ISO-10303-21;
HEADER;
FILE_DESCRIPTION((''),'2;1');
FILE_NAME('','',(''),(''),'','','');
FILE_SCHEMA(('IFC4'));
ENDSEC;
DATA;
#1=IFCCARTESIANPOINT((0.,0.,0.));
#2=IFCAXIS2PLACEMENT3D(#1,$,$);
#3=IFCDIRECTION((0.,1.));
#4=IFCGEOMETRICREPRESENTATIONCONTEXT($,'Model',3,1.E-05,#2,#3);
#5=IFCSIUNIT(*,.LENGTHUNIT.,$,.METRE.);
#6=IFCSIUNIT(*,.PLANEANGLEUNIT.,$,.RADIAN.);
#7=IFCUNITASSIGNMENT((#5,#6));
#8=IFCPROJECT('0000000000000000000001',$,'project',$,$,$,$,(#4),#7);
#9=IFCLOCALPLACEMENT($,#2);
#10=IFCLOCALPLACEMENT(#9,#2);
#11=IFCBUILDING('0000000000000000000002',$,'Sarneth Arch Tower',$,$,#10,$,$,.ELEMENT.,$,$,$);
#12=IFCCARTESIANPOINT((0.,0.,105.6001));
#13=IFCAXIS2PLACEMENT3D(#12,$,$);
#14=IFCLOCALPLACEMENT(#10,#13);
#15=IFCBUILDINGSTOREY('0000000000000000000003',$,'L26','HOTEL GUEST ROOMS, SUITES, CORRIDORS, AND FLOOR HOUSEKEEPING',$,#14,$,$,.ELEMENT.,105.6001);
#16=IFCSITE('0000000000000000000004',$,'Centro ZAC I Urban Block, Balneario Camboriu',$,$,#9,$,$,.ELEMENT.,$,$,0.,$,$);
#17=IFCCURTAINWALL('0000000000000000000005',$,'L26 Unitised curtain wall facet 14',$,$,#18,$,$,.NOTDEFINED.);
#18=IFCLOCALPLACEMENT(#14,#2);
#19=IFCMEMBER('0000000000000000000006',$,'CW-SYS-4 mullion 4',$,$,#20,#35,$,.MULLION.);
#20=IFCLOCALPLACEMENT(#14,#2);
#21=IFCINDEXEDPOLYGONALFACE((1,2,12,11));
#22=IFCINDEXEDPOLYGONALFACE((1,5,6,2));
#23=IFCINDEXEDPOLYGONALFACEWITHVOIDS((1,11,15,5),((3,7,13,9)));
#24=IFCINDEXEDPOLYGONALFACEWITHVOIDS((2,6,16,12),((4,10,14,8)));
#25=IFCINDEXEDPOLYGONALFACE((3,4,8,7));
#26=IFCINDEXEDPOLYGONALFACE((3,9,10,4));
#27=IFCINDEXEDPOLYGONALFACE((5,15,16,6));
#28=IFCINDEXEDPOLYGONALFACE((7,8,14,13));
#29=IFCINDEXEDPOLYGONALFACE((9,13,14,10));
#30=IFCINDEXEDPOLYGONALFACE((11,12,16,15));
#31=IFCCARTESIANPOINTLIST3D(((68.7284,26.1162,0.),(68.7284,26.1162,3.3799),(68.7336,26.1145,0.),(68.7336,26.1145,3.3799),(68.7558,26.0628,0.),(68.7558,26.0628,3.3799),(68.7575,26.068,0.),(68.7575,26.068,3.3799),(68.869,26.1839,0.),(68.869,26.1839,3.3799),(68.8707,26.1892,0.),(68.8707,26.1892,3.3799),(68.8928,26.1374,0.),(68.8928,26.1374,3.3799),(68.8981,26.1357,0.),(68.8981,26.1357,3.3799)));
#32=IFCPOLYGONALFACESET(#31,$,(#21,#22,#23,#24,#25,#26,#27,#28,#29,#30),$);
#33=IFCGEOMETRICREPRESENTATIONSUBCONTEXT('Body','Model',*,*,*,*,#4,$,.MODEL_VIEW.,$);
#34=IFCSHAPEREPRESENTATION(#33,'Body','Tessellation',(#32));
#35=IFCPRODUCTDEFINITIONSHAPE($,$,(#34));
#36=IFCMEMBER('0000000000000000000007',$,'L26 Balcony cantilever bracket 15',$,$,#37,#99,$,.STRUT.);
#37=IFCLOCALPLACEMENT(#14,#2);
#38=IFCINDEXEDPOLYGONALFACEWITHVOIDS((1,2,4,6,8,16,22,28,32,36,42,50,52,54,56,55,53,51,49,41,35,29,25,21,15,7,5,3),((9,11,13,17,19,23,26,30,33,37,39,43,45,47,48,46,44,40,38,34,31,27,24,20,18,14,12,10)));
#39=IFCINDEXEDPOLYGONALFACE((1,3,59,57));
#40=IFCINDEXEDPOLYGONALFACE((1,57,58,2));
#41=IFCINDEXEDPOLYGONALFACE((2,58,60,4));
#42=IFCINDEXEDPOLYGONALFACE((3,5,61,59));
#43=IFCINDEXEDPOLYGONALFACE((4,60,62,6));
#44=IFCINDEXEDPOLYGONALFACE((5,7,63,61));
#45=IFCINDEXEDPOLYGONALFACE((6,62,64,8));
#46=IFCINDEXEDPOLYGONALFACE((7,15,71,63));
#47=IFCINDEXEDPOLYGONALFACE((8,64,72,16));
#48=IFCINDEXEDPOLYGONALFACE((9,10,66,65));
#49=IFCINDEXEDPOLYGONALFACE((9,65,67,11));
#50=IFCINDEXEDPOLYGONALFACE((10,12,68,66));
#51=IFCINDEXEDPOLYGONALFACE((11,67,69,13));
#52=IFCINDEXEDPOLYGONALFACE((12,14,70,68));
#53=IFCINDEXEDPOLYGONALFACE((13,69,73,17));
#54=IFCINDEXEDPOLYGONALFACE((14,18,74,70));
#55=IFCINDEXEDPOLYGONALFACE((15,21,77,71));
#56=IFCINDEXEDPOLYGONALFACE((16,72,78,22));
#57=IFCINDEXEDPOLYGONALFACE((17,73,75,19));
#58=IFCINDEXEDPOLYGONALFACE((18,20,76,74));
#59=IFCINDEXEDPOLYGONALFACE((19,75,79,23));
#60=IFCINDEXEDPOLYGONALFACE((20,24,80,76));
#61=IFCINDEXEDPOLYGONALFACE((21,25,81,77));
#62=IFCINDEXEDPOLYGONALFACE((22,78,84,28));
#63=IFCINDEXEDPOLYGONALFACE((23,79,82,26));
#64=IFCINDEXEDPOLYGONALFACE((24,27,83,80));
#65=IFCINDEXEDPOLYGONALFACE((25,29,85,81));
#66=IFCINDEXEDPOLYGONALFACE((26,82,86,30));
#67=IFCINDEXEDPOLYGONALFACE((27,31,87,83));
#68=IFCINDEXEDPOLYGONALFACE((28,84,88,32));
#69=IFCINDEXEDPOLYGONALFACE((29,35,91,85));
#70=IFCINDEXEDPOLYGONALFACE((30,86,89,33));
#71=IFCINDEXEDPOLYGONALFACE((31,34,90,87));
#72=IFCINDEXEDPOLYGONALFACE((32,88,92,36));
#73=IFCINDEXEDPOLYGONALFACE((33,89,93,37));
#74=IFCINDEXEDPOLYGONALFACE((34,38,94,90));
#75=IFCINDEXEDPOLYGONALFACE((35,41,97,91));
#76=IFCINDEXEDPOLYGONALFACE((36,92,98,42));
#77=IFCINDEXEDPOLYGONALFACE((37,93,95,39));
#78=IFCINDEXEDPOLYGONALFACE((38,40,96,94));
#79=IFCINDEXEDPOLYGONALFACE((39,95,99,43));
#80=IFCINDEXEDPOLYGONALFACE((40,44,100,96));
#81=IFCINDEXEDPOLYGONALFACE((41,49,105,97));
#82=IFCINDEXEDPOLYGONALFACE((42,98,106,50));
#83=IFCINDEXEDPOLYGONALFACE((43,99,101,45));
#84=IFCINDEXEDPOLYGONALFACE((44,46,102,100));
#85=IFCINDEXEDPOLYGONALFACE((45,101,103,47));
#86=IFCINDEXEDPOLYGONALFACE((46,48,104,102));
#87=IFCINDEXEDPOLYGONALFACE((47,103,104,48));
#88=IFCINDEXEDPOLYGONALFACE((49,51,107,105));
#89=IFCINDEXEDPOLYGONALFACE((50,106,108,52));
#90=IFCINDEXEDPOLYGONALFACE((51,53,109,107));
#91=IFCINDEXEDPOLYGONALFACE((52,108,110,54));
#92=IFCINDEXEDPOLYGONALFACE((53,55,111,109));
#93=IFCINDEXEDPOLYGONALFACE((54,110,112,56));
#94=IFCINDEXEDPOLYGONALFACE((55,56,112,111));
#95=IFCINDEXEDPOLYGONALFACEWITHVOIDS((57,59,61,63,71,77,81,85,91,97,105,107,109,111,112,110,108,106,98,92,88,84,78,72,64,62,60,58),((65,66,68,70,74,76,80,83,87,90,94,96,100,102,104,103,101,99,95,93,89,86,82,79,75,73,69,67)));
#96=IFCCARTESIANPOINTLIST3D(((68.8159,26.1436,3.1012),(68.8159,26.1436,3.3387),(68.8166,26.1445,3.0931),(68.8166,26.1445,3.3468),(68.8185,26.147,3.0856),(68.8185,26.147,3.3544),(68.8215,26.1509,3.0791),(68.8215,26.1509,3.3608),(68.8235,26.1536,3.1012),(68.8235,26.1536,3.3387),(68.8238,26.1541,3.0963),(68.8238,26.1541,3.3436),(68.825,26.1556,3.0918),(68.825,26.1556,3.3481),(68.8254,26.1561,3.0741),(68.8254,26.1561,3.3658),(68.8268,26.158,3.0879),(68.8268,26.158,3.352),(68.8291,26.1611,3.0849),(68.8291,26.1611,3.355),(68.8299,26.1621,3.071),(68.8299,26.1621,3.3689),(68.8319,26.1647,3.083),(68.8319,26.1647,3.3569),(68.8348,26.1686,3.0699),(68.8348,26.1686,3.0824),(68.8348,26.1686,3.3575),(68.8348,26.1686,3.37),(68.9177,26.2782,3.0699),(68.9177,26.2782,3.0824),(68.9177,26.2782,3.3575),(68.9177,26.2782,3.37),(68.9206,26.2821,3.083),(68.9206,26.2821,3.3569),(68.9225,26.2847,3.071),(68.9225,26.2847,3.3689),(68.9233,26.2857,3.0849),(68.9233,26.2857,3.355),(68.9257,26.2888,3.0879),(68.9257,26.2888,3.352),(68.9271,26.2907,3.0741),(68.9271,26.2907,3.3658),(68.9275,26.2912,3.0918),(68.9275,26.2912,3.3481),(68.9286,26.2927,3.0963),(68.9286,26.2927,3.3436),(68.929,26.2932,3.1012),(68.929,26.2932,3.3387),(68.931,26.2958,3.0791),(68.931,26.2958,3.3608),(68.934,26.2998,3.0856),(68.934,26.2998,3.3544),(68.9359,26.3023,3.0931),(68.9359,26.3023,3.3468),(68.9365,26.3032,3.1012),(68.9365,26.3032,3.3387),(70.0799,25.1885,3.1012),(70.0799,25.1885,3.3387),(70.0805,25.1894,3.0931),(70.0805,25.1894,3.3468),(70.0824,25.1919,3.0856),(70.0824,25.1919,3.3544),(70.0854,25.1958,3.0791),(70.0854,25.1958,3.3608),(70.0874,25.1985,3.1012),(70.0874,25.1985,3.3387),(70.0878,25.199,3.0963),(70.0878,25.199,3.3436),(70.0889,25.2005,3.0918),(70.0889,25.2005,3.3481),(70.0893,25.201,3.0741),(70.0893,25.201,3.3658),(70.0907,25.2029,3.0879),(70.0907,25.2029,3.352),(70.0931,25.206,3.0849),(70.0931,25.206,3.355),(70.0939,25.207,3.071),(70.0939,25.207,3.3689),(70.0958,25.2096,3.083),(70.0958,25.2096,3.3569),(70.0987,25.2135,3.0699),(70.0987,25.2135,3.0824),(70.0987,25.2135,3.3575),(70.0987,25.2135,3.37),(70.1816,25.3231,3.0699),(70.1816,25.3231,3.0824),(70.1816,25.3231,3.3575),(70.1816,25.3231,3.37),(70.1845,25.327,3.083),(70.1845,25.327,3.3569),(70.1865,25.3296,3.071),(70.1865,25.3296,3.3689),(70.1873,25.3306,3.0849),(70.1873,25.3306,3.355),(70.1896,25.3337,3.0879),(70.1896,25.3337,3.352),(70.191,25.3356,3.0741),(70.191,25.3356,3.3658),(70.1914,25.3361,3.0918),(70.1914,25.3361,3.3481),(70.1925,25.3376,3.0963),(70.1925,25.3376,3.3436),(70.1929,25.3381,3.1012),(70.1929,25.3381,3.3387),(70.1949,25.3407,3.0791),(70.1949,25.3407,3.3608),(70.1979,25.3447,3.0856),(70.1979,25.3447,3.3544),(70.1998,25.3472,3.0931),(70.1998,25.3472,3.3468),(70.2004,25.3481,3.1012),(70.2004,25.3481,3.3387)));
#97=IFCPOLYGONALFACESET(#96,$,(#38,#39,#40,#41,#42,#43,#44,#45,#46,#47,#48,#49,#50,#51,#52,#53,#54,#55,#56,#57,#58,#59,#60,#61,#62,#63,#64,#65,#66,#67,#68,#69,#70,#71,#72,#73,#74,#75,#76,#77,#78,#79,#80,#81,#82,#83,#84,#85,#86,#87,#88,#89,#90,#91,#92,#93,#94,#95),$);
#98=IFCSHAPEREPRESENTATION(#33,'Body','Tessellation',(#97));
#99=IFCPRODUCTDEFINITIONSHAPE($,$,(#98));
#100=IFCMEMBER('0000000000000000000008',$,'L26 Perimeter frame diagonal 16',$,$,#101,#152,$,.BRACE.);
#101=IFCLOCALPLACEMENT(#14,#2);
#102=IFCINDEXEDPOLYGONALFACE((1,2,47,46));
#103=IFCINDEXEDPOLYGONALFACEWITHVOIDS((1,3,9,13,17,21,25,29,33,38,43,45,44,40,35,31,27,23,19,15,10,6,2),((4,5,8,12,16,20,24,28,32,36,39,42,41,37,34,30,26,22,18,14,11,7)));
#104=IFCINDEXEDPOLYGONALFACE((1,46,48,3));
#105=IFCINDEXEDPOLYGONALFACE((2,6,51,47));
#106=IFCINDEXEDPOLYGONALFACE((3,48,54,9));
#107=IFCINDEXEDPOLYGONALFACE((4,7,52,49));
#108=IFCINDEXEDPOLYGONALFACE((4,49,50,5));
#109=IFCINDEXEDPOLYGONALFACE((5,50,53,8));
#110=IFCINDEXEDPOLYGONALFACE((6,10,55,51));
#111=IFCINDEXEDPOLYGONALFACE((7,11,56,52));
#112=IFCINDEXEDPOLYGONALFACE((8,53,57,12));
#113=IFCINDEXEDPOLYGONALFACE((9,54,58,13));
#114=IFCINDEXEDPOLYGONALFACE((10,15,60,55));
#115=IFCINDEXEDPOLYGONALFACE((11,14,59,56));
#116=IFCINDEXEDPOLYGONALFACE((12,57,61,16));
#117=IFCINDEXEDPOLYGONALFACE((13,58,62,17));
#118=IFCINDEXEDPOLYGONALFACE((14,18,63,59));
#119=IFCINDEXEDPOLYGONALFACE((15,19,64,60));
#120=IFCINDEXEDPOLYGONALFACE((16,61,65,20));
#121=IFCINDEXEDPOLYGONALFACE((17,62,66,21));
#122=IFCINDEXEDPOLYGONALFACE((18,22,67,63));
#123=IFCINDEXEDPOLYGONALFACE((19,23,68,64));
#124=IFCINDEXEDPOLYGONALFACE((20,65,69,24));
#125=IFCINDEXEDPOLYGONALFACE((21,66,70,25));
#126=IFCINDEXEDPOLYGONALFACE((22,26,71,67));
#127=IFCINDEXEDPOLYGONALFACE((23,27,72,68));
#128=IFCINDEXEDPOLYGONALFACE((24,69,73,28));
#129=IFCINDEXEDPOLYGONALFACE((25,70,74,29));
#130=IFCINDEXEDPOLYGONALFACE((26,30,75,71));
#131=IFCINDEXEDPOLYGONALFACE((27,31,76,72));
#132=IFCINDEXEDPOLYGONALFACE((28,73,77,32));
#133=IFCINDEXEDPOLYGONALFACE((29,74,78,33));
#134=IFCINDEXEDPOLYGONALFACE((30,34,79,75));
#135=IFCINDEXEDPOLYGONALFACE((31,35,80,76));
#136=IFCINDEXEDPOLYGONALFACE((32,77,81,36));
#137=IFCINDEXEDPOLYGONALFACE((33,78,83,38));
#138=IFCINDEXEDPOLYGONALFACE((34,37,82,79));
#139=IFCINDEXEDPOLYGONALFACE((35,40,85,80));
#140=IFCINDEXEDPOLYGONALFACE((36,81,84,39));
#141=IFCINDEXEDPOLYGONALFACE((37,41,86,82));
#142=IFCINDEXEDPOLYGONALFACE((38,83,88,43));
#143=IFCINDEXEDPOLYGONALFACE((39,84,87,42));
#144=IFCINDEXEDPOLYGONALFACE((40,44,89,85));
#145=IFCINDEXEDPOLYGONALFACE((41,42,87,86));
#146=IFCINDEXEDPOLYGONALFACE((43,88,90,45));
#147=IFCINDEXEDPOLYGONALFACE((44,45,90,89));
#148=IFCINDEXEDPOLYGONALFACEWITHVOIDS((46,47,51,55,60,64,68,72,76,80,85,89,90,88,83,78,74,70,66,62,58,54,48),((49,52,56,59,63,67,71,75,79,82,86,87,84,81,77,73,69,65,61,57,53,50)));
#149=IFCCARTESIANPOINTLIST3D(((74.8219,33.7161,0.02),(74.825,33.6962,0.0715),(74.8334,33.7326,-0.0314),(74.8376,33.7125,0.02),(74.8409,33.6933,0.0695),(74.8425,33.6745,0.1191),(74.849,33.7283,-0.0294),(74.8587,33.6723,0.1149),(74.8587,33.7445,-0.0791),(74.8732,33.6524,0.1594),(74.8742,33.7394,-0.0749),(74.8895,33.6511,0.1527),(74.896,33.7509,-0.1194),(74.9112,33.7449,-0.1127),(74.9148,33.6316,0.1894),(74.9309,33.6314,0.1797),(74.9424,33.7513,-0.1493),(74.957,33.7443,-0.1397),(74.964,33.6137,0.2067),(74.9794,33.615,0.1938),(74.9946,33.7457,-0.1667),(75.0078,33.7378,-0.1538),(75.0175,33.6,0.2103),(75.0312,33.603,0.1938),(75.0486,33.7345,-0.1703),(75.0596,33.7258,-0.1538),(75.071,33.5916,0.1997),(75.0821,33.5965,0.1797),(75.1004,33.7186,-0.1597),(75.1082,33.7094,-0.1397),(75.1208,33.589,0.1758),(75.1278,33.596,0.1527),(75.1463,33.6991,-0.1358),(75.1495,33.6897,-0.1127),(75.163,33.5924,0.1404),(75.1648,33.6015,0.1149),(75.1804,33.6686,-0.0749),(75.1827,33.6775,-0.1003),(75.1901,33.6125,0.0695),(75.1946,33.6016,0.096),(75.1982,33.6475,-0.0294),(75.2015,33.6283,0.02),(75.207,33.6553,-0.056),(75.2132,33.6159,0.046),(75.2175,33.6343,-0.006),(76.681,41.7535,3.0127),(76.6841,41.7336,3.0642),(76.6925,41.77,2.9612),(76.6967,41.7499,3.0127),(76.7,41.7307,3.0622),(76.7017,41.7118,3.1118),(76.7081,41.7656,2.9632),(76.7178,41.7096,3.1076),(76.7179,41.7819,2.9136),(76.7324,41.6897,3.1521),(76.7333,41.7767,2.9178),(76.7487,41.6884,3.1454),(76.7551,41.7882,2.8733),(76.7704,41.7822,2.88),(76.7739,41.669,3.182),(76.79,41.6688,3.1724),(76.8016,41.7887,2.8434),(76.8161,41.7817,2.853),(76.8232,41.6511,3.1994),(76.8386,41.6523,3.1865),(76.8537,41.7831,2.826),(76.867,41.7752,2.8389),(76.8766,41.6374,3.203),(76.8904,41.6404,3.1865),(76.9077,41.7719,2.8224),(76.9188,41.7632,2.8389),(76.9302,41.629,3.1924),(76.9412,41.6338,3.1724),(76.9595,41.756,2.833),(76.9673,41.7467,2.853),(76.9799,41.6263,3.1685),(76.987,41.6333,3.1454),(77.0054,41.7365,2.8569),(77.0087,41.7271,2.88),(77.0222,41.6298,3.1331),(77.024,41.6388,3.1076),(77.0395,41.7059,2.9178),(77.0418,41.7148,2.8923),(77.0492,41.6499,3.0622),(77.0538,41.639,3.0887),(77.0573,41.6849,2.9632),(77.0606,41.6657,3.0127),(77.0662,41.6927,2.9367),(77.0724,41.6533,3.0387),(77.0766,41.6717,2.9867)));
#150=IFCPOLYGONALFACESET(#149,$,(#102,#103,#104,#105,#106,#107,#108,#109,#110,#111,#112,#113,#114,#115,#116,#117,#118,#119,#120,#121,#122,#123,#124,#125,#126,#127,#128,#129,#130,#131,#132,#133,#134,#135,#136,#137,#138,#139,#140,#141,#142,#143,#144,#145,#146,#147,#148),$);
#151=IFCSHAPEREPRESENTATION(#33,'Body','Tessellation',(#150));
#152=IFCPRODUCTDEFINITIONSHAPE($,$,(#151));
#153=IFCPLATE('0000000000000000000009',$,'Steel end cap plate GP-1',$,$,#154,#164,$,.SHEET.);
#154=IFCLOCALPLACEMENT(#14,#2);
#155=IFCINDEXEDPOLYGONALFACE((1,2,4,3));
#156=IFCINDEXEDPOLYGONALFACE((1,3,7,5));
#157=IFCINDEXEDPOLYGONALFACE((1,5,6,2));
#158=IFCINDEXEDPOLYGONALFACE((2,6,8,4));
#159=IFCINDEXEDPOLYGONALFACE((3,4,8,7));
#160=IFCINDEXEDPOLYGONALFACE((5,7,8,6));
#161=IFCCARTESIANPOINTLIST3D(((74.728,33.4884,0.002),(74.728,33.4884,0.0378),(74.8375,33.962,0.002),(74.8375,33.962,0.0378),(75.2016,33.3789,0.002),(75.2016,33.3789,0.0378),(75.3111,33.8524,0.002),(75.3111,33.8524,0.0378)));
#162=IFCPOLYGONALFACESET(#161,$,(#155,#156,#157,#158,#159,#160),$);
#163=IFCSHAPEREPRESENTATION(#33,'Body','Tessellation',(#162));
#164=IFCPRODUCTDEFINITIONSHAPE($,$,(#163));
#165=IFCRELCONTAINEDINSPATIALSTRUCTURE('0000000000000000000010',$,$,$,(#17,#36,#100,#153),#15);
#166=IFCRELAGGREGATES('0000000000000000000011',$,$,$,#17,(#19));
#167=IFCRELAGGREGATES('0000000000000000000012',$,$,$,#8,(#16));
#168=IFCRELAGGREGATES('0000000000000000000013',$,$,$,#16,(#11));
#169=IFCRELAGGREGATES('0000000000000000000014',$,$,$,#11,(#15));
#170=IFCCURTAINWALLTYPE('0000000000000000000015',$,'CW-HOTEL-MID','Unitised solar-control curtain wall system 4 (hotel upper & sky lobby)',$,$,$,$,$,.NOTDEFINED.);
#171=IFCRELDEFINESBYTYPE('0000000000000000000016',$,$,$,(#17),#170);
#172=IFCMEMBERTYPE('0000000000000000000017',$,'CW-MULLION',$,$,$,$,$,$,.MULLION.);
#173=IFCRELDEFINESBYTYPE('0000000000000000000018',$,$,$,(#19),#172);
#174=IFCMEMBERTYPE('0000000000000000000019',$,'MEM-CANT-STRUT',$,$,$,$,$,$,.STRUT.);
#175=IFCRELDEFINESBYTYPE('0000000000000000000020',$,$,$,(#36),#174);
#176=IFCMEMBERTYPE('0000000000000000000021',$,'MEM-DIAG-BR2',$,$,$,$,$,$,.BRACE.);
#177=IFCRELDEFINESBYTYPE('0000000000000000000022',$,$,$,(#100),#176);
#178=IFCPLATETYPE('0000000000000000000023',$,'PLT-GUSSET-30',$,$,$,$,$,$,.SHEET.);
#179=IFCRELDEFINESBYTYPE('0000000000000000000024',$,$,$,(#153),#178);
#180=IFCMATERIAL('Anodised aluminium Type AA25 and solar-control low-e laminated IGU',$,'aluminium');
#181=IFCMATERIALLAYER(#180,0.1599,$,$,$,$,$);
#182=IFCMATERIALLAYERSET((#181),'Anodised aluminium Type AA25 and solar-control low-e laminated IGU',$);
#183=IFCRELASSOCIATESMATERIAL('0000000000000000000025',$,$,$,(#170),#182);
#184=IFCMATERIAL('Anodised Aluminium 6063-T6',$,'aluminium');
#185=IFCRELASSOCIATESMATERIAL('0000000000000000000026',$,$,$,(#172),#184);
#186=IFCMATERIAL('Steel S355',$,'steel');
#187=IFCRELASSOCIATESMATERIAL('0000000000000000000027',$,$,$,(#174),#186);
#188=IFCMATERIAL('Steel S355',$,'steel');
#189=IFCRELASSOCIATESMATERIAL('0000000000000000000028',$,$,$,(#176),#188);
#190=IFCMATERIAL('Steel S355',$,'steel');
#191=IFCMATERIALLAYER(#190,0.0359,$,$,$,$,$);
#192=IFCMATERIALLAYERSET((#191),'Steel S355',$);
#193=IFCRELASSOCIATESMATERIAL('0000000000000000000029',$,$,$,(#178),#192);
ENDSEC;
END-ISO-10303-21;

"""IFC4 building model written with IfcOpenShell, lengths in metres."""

from ifc_helpers import new_model, si_unit, direction, frame, origin, origin_2d, place, context, subcontext, project, spatial, rectangle, hollow_rectangle, hollow_circle, extrude, material, layer, layer_set, material_profile, profile_set, type_object, element, aggregate, save


model = new_model("IFC4")

# Units and contexts
model_context = context("Model", 3, precision=1e-05, world=origin(), true_north=direction((0.0, 1.0)))
body_context = subcontext(model_context, "Body", "Model", "MODEL_VIEW")
ifc_project = project(units=[si_unit("LENGTHUNIT", "METRE"), si_unit("PLANEANGLEUNIT", "RADIAN")], contexts=[model_context])

# Site, building, storey
site_placement = place(None, origin())
site = spatial("IfcSite", under=ifc_project, at=site_placement, Name="Centro ZAC I Urban Block, Balneario Camboriu", CompositionType="ELEMENT", RefElevation=0.0)
building_placement = place(site_placement, origin())
building = spatial("IfcBuilding", under=site, at=building_placement, Name="Sarneth Arch Tower", CompositionType="ELEMENT")
storey_placement = place(building_placement, frame((0.0, 0.0, 105.6001)))
storey = spatial("IfcBuildingStorey", under=building, at=storey_placement, Name="L26", Description="HOTEL GUEST ROOMS, SUITES, CORRIDORS, AND FLOOR HOUSEKEEPING", CompositionType="ELEMENT", Elevation=105.6001)

# Curtain wall, member
ifc_material_1 = material(Name="Anodised aluminium Type AA25 and solar-control low-e laminated IGU", Category="aluminium")
ifc_layer_1 = layer(ifc_material_1, 0.1599)
ifc_layer_set_1 = layer_set([ifc_layer_1], Name="Anodised aluminium Type AA25 and solar-control low-e laminated IGU")
curtain_wall_type = type_object("IfcCurtainWallType", Name="CW-HOTEL-MID", Description="Unitised solar-control curtain wall system 4 (hotel upper & sky lobby)", PredefinedType="NOTDEFINED", material=ifc_layer_set_1)
curtain_wall_placement = place(storey_placement, origin())
curtain_wall = element("IfcCurtainWall", 1, at=curtain_wall_placement, inside=storey, type_object=curtain_wall_type, Name="L26 Unitised curtain wall facet 14", PredefinedType="NOTDEFINED")
ifc_material_2 = material(Name="Anodised Aluminium 6063-T6", Category="aluminium")
ifc_material_profile_1 = material_profile(ifc_material_2, hollow_rectangle(XDim=0.0601, YDim=0.1599, WallThickness=0.0039, at=origin_2d()), Name="AL-MULL-160x60x4")
ifc_profile_set_1 = profile_set([ifc_material_profile_1], Name="Anodised Aluminium 6063-T6")
member_type_1 = type_object("IfcMemberType", Name="CW-MULLION", PredefinedType="MULLION", material=ifc_profile_set_1)
member_1_placement = place(storey_placement, frame((68.8132, 26.126, 0.0), z_axis=(0.0, 0.0, 1.0), x_axis=(-0.456031, 0.889964, 0.0)))
member_1 = element("IfcMember", 2, at=member_1_placement, type_object=member_type_1, Name="CW-SYS-4 mullion 4", PredefinedType="MULLION", context=body_context, shape_type="SweptSolid", body=[
    extrude(hollow_rectangle(XDim=0.0601, YDim=0.1599, WallThickness=0.0039, at=origin_2d()), origin(), (0.0, 0.0, 1.0), 3.3799),
])
aggregate(curtain_wall, [member_1])

# Members
ifc_material_3 = material(Name="Steel S355", Category="steel")
ifc_material_profile_2 = material_profile(ifc_material_3, hollow_rectangle(XDim=0.2, YDim=0.3, WallThickness=0.0125, InnerFilletRadius=0.0188, OuterFilletRadius=0.0312, at=origin_2d()), Name="RHS300x200x12.5")
ifc_profile_set_2 = profile_set([ifc_material_profile_2], Name="Steel S355")
member_type_2 = type_object("IfcMemberType", Name="MEM-CANT-STRUT", PredefinedType="STRUT", material=ifc_profile_set_2)
member_2_placement = place(storey_placement, frame((68.8762, 26.2234, 3.22), z_axis=(0.797831, -0.602881, 0.0), x_axis=(0.602881, 0.797831, 0.0)))
element("IfcMember", 3, at=member_2_placement, inside=storey, type_object=member_type_2, Name="L26 Balcony cantilever bracket 15", PredefinedType="STRUT", context=body_context, shape_type="SweptSolid", body=[
    extrude(hollow_rectangle(XDim=0.2, YDim=0.3, WallThickness=0.0125, InnerFilletRadius=0.0188, OuterFilletRadius=0.0312, at=origin_2d()), origin(), (0.0, 0.0, 1.0), 1.5842),
])
ifc_material_4 = material(Name="Steel S355", Category="steel")
ifc_material_profile_3 = material_profile(ifc_material_4, hollow_circle(Radius=0.2029, WallThickness=0.0161, at=origin_2d()), Name="CHS406x16")
ifc_profile_set_3 = profile_set([ifc_material_profile_3], Name="Steel S355")
member_type_3 = type_object("IfcMemberType", Name="MEM-DIAG-BR2", PredefinedType="BRACE", material=ifc_profile_set_3)
member_3_placement = place(storey_placement, frame((75.0195, 33.6704, 0.02), z_axis=(0.211852, 0.915873, 0.341022), x_axis=(-0.974275, 0.225361, 0.0)))
element("IfcMember", 4, at=member_3_placement, inside=storey, type_object=member_type_3, Name="L26 Perimeter frame diagonal 16", PredefinedType="BRACE", context=body_context, shape_type="SweptSolid", body=[
    extrude(hollow_circle(Radius=0.2029, WallThickness=0.0161, at=origin_2d()), origin(), (0.0, 0.0, 1.0), 8.7756),
])

# Plate
ifc_material_5 = material(Name="Steel S355", Category="steel")
ifc_layer_2 = layer(ifc_material_5, 0.0359)
ifc_layer_set_2 = layer_set([ifc_layer_2], Name="Steel S355")
plate_type = type_object("IfcPlateType", Name="PLT-GUSSET-30", PredefinedType="SHEET", material=ifc_layer_set_2)
plate_placement = place(storey_placement, frame((75.0195, 33.6704, 0.002), z_axis=(0.0, 0.0, 1.0), x_axis=(0.225291, 0.974291, 0.0)))
element("IfcPlate", 5, at=plate_placement, inside=storey, type_object=plate_type, Name="Steel end cap plate GP-1", PredefinedType="SHEET", context=body_context, shape_type="SweptSolid", body=[
    extrude(rectangle(XDim=0.4861, YDim=0.4861, at=origin_2d()), origin(), (0.0, 0.0, 1.0), 0.0359),
])

save(model, "model.ifc")
